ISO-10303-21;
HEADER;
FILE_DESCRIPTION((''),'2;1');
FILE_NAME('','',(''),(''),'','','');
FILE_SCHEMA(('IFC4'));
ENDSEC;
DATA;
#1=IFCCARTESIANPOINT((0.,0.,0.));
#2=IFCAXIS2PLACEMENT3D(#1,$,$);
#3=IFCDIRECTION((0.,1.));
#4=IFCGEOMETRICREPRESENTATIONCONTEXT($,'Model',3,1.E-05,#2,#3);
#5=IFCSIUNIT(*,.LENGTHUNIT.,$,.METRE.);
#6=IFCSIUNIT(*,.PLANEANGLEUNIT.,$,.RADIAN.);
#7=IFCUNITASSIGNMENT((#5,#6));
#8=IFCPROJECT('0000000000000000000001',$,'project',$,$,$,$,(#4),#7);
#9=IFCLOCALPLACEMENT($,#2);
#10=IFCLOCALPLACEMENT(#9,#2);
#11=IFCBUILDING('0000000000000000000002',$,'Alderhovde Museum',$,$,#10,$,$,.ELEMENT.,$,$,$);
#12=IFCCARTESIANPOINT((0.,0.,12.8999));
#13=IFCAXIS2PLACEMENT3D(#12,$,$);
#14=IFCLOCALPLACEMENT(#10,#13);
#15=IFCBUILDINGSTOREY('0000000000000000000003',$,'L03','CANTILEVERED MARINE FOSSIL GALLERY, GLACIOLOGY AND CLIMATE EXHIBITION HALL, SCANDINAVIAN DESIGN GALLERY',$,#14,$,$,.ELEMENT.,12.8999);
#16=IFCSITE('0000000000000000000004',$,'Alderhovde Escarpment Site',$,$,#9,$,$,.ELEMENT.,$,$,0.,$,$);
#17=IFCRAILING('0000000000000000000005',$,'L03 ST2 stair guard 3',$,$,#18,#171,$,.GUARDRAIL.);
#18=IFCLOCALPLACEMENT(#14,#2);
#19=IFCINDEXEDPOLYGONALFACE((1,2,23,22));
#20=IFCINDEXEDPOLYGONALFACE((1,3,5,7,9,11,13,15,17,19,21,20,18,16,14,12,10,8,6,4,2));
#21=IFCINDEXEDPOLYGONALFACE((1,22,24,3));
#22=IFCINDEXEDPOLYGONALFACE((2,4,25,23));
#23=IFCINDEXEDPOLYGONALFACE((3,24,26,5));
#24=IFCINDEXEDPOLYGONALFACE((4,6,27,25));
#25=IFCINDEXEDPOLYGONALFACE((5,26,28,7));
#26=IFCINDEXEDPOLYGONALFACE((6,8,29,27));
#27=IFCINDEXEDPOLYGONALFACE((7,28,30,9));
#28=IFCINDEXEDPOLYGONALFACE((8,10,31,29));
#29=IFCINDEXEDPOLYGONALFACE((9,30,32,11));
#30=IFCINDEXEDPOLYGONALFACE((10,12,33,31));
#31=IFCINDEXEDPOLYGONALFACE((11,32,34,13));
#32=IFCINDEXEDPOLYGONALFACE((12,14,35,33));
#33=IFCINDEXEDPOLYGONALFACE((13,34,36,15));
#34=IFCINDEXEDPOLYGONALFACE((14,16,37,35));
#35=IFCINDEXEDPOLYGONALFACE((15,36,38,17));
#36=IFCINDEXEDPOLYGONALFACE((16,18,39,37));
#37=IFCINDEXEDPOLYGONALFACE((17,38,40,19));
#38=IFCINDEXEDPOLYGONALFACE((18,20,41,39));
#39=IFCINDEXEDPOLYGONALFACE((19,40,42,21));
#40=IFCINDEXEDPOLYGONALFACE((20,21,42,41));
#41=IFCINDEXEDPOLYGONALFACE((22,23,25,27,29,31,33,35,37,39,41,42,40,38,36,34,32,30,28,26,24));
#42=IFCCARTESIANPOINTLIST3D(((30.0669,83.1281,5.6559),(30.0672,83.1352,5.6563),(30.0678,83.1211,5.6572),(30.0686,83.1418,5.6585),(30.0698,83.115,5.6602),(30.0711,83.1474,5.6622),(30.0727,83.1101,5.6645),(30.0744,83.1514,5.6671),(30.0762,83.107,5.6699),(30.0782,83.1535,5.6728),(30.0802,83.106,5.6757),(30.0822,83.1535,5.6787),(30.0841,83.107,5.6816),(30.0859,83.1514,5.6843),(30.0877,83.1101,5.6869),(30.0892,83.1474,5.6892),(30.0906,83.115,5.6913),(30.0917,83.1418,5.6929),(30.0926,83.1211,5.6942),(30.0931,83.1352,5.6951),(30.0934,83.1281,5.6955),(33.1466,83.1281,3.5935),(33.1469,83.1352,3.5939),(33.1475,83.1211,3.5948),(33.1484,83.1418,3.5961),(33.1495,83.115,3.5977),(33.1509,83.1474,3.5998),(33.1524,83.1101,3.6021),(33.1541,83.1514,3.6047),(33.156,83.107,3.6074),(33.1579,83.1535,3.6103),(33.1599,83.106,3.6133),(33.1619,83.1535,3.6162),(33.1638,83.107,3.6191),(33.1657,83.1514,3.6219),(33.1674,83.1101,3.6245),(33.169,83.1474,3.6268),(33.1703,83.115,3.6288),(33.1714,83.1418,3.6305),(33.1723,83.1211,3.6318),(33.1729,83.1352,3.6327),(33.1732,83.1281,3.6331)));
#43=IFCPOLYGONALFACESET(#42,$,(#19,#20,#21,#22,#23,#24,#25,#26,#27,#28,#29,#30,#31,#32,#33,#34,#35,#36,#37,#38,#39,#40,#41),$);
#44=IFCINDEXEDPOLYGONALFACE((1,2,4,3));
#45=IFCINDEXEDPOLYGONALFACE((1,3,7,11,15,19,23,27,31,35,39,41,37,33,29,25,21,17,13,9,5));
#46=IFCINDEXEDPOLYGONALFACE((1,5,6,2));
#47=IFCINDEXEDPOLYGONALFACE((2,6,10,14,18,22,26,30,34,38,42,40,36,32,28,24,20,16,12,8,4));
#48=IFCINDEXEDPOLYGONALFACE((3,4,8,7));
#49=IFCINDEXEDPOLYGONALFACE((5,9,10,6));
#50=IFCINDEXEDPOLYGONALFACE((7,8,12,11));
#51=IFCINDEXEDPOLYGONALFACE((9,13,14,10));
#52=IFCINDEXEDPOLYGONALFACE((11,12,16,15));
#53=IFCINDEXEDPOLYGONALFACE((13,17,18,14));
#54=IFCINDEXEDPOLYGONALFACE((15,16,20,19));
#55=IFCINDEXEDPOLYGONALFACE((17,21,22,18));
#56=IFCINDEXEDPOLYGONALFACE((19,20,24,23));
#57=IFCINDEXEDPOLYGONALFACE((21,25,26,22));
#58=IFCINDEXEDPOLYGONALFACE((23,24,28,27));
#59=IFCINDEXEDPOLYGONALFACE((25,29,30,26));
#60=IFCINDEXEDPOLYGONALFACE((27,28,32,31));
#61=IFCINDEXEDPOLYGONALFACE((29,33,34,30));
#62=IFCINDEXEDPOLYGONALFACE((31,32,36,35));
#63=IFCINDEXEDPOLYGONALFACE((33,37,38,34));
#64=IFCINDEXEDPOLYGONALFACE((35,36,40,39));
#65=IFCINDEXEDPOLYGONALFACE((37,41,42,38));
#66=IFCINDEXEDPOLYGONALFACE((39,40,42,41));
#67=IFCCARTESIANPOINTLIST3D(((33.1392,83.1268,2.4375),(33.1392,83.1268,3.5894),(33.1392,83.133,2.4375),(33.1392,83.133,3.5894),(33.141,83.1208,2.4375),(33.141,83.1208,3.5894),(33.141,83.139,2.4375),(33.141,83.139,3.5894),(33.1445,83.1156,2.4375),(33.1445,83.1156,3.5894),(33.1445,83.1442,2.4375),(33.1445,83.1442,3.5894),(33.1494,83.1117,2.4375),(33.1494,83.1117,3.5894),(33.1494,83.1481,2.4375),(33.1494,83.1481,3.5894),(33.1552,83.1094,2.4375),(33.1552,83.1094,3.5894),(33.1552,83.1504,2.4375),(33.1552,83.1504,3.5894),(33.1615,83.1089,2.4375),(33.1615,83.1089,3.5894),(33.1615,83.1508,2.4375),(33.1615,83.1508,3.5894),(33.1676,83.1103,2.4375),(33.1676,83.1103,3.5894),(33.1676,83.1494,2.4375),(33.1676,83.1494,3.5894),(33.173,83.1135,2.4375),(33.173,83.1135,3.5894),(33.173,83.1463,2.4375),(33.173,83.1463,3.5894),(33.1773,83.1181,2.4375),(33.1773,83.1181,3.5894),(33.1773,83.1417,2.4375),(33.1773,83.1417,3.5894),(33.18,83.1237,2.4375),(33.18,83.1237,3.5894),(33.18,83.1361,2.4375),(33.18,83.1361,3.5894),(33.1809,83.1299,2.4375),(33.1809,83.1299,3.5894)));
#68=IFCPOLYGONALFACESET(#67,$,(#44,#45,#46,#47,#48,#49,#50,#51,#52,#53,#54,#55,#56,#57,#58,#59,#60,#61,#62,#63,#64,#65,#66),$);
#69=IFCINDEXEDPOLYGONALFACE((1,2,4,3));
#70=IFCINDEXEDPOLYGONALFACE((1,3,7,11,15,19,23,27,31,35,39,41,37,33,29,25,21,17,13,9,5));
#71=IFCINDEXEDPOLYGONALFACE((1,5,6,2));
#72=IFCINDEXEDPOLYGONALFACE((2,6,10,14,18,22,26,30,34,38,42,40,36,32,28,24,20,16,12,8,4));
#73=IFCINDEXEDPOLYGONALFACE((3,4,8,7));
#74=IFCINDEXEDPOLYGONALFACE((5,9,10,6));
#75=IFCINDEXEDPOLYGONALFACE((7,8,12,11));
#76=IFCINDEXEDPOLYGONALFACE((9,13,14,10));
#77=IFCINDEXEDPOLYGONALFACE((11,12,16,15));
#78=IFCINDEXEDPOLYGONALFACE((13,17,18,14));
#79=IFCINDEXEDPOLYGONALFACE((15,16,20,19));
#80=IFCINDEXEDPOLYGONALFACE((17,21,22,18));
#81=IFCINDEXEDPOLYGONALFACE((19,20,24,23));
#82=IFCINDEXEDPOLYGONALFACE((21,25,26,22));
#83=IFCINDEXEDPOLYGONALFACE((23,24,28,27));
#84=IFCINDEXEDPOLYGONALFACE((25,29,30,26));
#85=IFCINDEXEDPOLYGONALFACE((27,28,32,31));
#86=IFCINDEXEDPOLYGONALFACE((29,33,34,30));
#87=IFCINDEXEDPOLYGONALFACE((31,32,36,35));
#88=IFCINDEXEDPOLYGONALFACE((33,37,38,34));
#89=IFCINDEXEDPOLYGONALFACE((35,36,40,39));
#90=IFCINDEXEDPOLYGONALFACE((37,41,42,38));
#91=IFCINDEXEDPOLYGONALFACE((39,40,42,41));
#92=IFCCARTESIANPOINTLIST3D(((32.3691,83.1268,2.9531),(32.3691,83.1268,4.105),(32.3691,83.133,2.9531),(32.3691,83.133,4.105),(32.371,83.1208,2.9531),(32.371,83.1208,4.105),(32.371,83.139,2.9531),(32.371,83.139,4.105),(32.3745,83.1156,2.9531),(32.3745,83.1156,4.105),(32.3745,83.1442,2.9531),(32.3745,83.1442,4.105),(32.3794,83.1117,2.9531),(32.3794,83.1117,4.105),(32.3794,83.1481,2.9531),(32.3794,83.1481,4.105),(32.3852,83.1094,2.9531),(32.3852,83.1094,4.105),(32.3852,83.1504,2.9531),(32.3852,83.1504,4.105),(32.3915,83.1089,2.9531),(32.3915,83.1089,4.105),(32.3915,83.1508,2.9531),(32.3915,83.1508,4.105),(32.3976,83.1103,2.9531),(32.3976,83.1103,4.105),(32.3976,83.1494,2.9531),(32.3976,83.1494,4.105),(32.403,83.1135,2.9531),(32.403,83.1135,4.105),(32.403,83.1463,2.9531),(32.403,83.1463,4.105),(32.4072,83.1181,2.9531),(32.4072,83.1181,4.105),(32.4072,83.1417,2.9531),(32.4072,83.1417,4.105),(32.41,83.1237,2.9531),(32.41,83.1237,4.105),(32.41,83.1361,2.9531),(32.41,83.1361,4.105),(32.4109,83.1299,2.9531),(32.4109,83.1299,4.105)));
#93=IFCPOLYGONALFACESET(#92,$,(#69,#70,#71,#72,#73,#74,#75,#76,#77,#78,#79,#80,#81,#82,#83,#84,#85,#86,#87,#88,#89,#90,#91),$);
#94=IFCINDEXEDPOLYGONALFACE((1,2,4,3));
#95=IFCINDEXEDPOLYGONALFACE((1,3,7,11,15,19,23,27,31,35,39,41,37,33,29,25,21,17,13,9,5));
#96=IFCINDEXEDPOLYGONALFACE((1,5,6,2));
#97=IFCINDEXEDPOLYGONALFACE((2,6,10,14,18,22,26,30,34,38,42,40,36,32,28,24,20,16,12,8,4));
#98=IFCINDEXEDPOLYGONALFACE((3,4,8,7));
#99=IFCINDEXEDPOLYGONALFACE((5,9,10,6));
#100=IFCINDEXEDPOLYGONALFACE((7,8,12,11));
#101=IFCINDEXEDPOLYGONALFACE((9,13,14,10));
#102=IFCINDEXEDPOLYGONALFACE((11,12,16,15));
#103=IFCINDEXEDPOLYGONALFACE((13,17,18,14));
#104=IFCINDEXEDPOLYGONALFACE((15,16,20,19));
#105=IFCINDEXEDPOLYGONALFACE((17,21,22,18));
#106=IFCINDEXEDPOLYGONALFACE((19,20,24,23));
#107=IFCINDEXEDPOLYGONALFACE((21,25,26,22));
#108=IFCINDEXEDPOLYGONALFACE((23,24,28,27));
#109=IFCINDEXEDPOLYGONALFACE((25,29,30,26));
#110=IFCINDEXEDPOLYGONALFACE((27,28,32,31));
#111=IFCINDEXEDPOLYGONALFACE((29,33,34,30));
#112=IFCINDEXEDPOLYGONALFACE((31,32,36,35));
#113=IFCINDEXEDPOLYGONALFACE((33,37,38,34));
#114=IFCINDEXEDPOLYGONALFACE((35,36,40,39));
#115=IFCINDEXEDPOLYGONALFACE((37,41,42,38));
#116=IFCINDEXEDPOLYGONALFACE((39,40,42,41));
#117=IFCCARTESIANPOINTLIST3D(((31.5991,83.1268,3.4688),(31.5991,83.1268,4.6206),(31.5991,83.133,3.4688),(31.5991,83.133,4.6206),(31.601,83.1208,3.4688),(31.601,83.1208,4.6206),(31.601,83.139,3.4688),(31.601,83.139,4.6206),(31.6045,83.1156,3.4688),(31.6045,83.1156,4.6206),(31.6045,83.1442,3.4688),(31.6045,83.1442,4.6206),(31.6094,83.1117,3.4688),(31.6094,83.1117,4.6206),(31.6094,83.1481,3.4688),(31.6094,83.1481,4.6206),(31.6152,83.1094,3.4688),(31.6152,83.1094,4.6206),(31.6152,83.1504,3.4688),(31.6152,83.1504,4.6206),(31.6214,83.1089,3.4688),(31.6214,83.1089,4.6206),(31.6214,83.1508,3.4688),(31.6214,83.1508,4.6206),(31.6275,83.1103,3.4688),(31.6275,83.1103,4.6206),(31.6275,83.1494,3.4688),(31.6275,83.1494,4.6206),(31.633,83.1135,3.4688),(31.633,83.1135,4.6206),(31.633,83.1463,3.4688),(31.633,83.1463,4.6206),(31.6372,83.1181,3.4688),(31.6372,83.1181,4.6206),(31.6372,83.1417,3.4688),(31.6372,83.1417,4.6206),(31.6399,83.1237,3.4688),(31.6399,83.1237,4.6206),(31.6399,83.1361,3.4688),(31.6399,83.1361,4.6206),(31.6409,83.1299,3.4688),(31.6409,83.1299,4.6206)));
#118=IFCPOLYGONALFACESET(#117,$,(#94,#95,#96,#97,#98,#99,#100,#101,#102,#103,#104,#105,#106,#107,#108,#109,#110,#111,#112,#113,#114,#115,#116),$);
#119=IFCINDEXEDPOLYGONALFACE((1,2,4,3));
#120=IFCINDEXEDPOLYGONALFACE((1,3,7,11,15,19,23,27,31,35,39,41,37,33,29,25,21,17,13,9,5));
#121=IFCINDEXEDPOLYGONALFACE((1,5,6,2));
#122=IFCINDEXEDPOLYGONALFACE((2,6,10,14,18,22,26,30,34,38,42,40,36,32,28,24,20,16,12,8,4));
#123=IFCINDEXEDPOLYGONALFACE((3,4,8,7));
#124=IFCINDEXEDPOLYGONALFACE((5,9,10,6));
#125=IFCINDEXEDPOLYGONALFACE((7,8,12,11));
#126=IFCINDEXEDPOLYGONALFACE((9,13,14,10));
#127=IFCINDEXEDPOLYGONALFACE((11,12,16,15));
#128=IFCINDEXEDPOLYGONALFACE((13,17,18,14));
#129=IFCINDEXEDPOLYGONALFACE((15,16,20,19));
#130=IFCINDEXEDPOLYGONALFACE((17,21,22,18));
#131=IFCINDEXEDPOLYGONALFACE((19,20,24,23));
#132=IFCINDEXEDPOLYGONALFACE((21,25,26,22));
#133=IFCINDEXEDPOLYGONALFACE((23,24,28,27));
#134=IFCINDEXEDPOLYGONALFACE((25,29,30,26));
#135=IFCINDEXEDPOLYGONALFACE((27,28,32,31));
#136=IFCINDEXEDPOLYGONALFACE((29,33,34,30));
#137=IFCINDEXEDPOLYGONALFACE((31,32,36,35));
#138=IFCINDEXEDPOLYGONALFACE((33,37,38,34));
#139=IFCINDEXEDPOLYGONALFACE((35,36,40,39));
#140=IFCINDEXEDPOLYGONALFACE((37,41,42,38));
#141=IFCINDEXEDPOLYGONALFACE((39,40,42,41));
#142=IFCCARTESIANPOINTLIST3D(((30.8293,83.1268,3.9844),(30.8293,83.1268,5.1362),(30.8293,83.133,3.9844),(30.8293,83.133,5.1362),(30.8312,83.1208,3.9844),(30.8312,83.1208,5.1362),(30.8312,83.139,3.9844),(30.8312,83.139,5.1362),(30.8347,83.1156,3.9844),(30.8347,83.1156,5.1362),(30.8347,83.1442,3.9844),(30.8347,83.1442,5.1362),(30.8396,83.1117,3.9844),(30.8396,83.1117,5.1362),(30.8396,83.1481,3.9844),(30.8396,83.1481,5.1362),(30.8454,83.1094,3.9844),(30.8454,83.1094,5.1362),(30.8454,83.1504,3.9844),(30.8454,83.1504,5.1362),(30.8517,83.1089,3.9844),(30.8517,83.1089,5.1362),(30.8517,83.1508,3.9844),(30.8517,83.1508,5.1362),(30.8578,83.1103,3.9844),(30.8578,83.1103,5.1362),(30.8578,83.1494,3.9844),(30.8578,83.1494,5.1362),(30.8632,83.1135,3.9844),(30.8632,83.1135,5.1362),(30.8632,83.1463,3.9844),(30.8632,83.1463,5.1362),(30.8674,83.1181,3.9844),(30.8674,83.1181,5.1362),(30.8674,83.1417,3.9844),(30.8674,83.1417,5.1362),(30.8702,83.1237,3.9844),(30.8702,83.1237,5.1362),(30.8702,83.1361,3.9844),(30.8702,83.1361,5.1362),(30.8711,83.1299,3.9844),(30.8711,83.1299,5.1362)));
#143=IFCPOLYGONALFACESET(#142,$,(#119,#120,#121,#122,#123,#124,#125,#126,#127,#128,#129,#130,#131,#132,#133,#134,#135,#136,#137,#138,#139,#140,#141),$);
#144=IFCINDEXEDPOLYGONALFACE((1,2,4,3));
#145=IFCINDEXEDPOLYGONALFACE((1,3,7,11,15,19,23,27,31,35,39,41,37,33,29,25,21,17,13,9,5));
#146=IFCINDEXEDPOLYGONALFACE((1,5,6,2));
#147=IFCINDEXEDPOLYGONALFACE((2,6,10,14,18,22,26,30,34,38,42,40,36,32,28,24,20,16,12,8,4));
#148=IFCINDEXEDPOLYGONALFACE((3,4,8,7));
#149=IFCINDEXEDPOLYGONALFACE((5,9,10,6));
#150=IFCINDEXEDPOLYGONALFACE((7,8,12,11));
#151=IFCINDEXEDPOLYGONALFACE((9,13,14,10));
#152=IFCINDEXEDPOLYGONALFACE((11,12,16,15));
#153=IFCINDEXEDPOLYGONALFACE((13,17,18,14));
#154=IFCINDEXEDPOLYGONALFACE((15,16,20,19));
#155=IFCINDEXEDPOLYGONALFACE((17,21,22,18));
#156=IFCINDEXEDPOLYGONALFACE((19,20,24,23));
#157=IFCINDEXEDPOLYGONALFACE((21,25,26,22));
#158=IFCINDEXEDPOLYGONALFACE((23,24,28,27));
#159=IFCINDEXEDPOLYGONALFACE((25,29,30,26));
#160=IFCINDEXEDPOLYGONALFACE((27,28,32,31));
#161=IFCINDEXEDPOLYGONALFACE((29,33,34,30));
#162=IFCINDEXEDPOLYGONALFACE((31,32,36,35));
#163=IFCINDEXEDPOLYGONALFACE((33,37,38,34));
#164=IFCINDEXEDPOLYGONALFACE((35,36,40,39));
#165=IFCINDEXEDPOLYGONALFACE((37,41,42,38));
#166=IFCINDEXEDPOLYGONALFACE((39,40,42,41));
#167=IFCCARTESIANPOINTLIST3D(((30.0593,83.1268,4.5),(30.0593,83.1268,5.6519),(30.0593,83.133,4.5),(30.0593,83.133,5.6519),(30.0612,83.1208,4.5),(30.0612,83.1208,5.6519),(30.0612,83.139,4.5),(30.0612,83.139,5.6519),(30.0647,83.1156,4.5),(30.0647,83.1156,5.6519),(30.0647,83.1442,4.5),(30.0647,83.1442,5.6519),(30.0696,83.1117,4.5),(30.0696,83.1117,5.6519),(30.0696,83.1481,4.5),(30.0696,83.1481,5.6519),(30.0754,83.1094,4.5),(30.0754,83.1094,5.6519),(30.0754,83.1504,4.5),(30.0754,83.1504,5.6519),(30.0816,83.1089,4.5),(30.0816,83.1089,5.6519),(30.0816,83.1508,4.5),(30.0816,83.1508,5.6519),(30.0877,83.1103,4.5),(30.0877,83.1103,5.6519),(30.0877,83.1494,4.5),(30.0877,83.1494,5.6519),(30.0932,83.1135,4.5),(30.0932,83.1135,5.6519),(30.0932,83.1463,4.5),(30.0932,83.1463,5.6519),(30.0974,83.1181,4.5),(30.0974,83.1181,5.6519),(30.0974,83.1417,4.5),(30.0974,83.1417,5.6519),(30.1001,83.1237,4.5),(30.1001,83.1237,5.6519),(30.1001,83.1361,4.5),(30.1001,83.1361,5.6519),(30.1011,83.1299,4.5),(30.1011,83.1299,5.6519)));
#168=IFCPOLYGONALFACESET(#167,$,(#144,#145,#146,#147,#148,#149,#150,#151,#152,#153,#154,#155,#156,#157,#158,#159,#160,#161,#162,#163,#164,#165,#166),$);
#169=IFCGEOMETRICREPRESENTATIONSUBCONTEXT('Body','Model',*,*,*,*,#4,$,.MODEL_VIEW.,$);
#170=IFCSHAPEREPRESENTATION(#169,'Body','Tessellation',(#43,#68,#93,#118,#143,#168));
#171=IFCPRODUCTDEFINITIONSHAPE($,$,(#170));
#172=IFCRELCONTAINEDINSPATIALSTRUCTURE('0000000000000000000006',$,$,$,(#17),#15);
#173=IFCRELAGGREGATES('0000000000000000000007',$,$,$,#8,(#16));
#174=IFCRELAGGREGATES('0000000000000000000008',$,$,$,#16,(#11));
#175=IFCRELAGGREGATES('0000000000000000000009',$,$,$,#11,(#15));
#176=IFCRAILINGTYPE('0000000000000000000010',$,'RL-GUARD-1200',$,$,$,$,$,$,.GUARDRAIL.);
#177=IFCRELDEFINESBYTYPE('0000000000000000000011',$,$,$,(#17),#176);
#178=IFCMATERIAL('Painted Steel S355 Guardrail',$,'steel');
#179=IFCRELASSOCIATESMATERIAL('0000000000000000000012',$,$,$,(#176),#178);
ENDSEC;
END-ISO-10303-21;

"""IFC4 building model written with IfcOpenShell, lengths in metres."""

from ifc_helpers import new_model, si_unit, direction, frame, origin, origin_2d, place, context, subcontext, project, spatial, circle, extrude, material, type_object, element, save


model = new_model("IFC4")

# Units and contexts
model_context = context("Model", 3, precision=1e-05, world=origin(), true_north=direction((0.0, 1.0)))
body_context = subcontext(model_context, "Body", "Model", "MODEL_VIEW")
ifc_project = project(units=[si_unit("LENGTHUNIT", "METRE"), si_unit("PLANEANGLEUNIT", "RADIAN")], contexts=[model_context])

# Site, building, storey
site_placement = place(None, origin())
site = spatial("IfcSite", under=ifc_project, at=site_placement, Name="Alderhovde Escarpment Site", CompositionType="ELEMENT", RefElevation=0.0)
building_placement = place(site_placement, origin())
building = spatial("IfcBuilding", under=site, at=building_placement, Name="Alderhovde Museum", CompositionType="ELEMENT")
storey_placement = place(building_placement, frame((0.0, 0.0, 12.8999)))
storey = spatial("IfcBuildingStorey", under=building, at=storey_placement, Name="L03", Description="CANTILEVERED MARINE FOSSIL GALLERY, GLACIOLOGY AND CLIMATE EXHIBITION HALL, SCANDINAVIAN DESIGN GALLERY", CompositionType="ELEMENT", Elevation=12.8999)

# Railing
ifc_material_1 = material(Name="Painted Steel S355 Guardrail", Category="steel")
railing_type_1 = type_object("IfcRailingType", Name="RL-GUARD-1200", PredefinedType="GUARDRAIL", material=ifc_material_1)
railing_1_placement = place(storey_placement, frame((33.1599, 83.1299, 2.4375)))
element("IfcRailing", 1, at=railing_1_placement, inside=storey, type_object=railing_type_1, Name="L03 ST2 stair guard 3", PredefinedType="GUARDRAIL", context=body_context, shape_type="SweptSolid", body=[
    extrude(circle(Radius=0.0239, at=origin_2d()), frame((0.0, 0.0, 1.1758), z_axis=(-0.830893, 0.0, 0.556432), x_axis=(0.0, -1.0, 0.0)), (0.0, 0.0, 1.0), 3.7065),
    extrude(circle(Radius=0.021, at=origin_2d()), origin(), (0.0, 0.0, 1.0), 1.1519),
    extrude(circle(Radius=0.021, at=origin_2d()), frame((-0.77, 0.0, 0.5156)), (0.0, 0.0, 1.0), 1.1519),
    extrude(circle(Radius=0.021, at=origin_2d()), frame((-1.54, 0.0, 1.0312)), (0.0, 0.0, 1.0), 1.1519),
    extrude(circle(Radius=0.021, at=origin_2d()), frame((-2.3098, 0.0, 1.5469)), (0.0, 0.0, 1.0), 1.1519),
    extrude(circle(Radius=0.021, at=origin_2d()), frame((-3.0798, 0.0, 2.0625)), (0.0, 0.0, 1.0), 1.1519),
])

save(model, "model.ifc")
